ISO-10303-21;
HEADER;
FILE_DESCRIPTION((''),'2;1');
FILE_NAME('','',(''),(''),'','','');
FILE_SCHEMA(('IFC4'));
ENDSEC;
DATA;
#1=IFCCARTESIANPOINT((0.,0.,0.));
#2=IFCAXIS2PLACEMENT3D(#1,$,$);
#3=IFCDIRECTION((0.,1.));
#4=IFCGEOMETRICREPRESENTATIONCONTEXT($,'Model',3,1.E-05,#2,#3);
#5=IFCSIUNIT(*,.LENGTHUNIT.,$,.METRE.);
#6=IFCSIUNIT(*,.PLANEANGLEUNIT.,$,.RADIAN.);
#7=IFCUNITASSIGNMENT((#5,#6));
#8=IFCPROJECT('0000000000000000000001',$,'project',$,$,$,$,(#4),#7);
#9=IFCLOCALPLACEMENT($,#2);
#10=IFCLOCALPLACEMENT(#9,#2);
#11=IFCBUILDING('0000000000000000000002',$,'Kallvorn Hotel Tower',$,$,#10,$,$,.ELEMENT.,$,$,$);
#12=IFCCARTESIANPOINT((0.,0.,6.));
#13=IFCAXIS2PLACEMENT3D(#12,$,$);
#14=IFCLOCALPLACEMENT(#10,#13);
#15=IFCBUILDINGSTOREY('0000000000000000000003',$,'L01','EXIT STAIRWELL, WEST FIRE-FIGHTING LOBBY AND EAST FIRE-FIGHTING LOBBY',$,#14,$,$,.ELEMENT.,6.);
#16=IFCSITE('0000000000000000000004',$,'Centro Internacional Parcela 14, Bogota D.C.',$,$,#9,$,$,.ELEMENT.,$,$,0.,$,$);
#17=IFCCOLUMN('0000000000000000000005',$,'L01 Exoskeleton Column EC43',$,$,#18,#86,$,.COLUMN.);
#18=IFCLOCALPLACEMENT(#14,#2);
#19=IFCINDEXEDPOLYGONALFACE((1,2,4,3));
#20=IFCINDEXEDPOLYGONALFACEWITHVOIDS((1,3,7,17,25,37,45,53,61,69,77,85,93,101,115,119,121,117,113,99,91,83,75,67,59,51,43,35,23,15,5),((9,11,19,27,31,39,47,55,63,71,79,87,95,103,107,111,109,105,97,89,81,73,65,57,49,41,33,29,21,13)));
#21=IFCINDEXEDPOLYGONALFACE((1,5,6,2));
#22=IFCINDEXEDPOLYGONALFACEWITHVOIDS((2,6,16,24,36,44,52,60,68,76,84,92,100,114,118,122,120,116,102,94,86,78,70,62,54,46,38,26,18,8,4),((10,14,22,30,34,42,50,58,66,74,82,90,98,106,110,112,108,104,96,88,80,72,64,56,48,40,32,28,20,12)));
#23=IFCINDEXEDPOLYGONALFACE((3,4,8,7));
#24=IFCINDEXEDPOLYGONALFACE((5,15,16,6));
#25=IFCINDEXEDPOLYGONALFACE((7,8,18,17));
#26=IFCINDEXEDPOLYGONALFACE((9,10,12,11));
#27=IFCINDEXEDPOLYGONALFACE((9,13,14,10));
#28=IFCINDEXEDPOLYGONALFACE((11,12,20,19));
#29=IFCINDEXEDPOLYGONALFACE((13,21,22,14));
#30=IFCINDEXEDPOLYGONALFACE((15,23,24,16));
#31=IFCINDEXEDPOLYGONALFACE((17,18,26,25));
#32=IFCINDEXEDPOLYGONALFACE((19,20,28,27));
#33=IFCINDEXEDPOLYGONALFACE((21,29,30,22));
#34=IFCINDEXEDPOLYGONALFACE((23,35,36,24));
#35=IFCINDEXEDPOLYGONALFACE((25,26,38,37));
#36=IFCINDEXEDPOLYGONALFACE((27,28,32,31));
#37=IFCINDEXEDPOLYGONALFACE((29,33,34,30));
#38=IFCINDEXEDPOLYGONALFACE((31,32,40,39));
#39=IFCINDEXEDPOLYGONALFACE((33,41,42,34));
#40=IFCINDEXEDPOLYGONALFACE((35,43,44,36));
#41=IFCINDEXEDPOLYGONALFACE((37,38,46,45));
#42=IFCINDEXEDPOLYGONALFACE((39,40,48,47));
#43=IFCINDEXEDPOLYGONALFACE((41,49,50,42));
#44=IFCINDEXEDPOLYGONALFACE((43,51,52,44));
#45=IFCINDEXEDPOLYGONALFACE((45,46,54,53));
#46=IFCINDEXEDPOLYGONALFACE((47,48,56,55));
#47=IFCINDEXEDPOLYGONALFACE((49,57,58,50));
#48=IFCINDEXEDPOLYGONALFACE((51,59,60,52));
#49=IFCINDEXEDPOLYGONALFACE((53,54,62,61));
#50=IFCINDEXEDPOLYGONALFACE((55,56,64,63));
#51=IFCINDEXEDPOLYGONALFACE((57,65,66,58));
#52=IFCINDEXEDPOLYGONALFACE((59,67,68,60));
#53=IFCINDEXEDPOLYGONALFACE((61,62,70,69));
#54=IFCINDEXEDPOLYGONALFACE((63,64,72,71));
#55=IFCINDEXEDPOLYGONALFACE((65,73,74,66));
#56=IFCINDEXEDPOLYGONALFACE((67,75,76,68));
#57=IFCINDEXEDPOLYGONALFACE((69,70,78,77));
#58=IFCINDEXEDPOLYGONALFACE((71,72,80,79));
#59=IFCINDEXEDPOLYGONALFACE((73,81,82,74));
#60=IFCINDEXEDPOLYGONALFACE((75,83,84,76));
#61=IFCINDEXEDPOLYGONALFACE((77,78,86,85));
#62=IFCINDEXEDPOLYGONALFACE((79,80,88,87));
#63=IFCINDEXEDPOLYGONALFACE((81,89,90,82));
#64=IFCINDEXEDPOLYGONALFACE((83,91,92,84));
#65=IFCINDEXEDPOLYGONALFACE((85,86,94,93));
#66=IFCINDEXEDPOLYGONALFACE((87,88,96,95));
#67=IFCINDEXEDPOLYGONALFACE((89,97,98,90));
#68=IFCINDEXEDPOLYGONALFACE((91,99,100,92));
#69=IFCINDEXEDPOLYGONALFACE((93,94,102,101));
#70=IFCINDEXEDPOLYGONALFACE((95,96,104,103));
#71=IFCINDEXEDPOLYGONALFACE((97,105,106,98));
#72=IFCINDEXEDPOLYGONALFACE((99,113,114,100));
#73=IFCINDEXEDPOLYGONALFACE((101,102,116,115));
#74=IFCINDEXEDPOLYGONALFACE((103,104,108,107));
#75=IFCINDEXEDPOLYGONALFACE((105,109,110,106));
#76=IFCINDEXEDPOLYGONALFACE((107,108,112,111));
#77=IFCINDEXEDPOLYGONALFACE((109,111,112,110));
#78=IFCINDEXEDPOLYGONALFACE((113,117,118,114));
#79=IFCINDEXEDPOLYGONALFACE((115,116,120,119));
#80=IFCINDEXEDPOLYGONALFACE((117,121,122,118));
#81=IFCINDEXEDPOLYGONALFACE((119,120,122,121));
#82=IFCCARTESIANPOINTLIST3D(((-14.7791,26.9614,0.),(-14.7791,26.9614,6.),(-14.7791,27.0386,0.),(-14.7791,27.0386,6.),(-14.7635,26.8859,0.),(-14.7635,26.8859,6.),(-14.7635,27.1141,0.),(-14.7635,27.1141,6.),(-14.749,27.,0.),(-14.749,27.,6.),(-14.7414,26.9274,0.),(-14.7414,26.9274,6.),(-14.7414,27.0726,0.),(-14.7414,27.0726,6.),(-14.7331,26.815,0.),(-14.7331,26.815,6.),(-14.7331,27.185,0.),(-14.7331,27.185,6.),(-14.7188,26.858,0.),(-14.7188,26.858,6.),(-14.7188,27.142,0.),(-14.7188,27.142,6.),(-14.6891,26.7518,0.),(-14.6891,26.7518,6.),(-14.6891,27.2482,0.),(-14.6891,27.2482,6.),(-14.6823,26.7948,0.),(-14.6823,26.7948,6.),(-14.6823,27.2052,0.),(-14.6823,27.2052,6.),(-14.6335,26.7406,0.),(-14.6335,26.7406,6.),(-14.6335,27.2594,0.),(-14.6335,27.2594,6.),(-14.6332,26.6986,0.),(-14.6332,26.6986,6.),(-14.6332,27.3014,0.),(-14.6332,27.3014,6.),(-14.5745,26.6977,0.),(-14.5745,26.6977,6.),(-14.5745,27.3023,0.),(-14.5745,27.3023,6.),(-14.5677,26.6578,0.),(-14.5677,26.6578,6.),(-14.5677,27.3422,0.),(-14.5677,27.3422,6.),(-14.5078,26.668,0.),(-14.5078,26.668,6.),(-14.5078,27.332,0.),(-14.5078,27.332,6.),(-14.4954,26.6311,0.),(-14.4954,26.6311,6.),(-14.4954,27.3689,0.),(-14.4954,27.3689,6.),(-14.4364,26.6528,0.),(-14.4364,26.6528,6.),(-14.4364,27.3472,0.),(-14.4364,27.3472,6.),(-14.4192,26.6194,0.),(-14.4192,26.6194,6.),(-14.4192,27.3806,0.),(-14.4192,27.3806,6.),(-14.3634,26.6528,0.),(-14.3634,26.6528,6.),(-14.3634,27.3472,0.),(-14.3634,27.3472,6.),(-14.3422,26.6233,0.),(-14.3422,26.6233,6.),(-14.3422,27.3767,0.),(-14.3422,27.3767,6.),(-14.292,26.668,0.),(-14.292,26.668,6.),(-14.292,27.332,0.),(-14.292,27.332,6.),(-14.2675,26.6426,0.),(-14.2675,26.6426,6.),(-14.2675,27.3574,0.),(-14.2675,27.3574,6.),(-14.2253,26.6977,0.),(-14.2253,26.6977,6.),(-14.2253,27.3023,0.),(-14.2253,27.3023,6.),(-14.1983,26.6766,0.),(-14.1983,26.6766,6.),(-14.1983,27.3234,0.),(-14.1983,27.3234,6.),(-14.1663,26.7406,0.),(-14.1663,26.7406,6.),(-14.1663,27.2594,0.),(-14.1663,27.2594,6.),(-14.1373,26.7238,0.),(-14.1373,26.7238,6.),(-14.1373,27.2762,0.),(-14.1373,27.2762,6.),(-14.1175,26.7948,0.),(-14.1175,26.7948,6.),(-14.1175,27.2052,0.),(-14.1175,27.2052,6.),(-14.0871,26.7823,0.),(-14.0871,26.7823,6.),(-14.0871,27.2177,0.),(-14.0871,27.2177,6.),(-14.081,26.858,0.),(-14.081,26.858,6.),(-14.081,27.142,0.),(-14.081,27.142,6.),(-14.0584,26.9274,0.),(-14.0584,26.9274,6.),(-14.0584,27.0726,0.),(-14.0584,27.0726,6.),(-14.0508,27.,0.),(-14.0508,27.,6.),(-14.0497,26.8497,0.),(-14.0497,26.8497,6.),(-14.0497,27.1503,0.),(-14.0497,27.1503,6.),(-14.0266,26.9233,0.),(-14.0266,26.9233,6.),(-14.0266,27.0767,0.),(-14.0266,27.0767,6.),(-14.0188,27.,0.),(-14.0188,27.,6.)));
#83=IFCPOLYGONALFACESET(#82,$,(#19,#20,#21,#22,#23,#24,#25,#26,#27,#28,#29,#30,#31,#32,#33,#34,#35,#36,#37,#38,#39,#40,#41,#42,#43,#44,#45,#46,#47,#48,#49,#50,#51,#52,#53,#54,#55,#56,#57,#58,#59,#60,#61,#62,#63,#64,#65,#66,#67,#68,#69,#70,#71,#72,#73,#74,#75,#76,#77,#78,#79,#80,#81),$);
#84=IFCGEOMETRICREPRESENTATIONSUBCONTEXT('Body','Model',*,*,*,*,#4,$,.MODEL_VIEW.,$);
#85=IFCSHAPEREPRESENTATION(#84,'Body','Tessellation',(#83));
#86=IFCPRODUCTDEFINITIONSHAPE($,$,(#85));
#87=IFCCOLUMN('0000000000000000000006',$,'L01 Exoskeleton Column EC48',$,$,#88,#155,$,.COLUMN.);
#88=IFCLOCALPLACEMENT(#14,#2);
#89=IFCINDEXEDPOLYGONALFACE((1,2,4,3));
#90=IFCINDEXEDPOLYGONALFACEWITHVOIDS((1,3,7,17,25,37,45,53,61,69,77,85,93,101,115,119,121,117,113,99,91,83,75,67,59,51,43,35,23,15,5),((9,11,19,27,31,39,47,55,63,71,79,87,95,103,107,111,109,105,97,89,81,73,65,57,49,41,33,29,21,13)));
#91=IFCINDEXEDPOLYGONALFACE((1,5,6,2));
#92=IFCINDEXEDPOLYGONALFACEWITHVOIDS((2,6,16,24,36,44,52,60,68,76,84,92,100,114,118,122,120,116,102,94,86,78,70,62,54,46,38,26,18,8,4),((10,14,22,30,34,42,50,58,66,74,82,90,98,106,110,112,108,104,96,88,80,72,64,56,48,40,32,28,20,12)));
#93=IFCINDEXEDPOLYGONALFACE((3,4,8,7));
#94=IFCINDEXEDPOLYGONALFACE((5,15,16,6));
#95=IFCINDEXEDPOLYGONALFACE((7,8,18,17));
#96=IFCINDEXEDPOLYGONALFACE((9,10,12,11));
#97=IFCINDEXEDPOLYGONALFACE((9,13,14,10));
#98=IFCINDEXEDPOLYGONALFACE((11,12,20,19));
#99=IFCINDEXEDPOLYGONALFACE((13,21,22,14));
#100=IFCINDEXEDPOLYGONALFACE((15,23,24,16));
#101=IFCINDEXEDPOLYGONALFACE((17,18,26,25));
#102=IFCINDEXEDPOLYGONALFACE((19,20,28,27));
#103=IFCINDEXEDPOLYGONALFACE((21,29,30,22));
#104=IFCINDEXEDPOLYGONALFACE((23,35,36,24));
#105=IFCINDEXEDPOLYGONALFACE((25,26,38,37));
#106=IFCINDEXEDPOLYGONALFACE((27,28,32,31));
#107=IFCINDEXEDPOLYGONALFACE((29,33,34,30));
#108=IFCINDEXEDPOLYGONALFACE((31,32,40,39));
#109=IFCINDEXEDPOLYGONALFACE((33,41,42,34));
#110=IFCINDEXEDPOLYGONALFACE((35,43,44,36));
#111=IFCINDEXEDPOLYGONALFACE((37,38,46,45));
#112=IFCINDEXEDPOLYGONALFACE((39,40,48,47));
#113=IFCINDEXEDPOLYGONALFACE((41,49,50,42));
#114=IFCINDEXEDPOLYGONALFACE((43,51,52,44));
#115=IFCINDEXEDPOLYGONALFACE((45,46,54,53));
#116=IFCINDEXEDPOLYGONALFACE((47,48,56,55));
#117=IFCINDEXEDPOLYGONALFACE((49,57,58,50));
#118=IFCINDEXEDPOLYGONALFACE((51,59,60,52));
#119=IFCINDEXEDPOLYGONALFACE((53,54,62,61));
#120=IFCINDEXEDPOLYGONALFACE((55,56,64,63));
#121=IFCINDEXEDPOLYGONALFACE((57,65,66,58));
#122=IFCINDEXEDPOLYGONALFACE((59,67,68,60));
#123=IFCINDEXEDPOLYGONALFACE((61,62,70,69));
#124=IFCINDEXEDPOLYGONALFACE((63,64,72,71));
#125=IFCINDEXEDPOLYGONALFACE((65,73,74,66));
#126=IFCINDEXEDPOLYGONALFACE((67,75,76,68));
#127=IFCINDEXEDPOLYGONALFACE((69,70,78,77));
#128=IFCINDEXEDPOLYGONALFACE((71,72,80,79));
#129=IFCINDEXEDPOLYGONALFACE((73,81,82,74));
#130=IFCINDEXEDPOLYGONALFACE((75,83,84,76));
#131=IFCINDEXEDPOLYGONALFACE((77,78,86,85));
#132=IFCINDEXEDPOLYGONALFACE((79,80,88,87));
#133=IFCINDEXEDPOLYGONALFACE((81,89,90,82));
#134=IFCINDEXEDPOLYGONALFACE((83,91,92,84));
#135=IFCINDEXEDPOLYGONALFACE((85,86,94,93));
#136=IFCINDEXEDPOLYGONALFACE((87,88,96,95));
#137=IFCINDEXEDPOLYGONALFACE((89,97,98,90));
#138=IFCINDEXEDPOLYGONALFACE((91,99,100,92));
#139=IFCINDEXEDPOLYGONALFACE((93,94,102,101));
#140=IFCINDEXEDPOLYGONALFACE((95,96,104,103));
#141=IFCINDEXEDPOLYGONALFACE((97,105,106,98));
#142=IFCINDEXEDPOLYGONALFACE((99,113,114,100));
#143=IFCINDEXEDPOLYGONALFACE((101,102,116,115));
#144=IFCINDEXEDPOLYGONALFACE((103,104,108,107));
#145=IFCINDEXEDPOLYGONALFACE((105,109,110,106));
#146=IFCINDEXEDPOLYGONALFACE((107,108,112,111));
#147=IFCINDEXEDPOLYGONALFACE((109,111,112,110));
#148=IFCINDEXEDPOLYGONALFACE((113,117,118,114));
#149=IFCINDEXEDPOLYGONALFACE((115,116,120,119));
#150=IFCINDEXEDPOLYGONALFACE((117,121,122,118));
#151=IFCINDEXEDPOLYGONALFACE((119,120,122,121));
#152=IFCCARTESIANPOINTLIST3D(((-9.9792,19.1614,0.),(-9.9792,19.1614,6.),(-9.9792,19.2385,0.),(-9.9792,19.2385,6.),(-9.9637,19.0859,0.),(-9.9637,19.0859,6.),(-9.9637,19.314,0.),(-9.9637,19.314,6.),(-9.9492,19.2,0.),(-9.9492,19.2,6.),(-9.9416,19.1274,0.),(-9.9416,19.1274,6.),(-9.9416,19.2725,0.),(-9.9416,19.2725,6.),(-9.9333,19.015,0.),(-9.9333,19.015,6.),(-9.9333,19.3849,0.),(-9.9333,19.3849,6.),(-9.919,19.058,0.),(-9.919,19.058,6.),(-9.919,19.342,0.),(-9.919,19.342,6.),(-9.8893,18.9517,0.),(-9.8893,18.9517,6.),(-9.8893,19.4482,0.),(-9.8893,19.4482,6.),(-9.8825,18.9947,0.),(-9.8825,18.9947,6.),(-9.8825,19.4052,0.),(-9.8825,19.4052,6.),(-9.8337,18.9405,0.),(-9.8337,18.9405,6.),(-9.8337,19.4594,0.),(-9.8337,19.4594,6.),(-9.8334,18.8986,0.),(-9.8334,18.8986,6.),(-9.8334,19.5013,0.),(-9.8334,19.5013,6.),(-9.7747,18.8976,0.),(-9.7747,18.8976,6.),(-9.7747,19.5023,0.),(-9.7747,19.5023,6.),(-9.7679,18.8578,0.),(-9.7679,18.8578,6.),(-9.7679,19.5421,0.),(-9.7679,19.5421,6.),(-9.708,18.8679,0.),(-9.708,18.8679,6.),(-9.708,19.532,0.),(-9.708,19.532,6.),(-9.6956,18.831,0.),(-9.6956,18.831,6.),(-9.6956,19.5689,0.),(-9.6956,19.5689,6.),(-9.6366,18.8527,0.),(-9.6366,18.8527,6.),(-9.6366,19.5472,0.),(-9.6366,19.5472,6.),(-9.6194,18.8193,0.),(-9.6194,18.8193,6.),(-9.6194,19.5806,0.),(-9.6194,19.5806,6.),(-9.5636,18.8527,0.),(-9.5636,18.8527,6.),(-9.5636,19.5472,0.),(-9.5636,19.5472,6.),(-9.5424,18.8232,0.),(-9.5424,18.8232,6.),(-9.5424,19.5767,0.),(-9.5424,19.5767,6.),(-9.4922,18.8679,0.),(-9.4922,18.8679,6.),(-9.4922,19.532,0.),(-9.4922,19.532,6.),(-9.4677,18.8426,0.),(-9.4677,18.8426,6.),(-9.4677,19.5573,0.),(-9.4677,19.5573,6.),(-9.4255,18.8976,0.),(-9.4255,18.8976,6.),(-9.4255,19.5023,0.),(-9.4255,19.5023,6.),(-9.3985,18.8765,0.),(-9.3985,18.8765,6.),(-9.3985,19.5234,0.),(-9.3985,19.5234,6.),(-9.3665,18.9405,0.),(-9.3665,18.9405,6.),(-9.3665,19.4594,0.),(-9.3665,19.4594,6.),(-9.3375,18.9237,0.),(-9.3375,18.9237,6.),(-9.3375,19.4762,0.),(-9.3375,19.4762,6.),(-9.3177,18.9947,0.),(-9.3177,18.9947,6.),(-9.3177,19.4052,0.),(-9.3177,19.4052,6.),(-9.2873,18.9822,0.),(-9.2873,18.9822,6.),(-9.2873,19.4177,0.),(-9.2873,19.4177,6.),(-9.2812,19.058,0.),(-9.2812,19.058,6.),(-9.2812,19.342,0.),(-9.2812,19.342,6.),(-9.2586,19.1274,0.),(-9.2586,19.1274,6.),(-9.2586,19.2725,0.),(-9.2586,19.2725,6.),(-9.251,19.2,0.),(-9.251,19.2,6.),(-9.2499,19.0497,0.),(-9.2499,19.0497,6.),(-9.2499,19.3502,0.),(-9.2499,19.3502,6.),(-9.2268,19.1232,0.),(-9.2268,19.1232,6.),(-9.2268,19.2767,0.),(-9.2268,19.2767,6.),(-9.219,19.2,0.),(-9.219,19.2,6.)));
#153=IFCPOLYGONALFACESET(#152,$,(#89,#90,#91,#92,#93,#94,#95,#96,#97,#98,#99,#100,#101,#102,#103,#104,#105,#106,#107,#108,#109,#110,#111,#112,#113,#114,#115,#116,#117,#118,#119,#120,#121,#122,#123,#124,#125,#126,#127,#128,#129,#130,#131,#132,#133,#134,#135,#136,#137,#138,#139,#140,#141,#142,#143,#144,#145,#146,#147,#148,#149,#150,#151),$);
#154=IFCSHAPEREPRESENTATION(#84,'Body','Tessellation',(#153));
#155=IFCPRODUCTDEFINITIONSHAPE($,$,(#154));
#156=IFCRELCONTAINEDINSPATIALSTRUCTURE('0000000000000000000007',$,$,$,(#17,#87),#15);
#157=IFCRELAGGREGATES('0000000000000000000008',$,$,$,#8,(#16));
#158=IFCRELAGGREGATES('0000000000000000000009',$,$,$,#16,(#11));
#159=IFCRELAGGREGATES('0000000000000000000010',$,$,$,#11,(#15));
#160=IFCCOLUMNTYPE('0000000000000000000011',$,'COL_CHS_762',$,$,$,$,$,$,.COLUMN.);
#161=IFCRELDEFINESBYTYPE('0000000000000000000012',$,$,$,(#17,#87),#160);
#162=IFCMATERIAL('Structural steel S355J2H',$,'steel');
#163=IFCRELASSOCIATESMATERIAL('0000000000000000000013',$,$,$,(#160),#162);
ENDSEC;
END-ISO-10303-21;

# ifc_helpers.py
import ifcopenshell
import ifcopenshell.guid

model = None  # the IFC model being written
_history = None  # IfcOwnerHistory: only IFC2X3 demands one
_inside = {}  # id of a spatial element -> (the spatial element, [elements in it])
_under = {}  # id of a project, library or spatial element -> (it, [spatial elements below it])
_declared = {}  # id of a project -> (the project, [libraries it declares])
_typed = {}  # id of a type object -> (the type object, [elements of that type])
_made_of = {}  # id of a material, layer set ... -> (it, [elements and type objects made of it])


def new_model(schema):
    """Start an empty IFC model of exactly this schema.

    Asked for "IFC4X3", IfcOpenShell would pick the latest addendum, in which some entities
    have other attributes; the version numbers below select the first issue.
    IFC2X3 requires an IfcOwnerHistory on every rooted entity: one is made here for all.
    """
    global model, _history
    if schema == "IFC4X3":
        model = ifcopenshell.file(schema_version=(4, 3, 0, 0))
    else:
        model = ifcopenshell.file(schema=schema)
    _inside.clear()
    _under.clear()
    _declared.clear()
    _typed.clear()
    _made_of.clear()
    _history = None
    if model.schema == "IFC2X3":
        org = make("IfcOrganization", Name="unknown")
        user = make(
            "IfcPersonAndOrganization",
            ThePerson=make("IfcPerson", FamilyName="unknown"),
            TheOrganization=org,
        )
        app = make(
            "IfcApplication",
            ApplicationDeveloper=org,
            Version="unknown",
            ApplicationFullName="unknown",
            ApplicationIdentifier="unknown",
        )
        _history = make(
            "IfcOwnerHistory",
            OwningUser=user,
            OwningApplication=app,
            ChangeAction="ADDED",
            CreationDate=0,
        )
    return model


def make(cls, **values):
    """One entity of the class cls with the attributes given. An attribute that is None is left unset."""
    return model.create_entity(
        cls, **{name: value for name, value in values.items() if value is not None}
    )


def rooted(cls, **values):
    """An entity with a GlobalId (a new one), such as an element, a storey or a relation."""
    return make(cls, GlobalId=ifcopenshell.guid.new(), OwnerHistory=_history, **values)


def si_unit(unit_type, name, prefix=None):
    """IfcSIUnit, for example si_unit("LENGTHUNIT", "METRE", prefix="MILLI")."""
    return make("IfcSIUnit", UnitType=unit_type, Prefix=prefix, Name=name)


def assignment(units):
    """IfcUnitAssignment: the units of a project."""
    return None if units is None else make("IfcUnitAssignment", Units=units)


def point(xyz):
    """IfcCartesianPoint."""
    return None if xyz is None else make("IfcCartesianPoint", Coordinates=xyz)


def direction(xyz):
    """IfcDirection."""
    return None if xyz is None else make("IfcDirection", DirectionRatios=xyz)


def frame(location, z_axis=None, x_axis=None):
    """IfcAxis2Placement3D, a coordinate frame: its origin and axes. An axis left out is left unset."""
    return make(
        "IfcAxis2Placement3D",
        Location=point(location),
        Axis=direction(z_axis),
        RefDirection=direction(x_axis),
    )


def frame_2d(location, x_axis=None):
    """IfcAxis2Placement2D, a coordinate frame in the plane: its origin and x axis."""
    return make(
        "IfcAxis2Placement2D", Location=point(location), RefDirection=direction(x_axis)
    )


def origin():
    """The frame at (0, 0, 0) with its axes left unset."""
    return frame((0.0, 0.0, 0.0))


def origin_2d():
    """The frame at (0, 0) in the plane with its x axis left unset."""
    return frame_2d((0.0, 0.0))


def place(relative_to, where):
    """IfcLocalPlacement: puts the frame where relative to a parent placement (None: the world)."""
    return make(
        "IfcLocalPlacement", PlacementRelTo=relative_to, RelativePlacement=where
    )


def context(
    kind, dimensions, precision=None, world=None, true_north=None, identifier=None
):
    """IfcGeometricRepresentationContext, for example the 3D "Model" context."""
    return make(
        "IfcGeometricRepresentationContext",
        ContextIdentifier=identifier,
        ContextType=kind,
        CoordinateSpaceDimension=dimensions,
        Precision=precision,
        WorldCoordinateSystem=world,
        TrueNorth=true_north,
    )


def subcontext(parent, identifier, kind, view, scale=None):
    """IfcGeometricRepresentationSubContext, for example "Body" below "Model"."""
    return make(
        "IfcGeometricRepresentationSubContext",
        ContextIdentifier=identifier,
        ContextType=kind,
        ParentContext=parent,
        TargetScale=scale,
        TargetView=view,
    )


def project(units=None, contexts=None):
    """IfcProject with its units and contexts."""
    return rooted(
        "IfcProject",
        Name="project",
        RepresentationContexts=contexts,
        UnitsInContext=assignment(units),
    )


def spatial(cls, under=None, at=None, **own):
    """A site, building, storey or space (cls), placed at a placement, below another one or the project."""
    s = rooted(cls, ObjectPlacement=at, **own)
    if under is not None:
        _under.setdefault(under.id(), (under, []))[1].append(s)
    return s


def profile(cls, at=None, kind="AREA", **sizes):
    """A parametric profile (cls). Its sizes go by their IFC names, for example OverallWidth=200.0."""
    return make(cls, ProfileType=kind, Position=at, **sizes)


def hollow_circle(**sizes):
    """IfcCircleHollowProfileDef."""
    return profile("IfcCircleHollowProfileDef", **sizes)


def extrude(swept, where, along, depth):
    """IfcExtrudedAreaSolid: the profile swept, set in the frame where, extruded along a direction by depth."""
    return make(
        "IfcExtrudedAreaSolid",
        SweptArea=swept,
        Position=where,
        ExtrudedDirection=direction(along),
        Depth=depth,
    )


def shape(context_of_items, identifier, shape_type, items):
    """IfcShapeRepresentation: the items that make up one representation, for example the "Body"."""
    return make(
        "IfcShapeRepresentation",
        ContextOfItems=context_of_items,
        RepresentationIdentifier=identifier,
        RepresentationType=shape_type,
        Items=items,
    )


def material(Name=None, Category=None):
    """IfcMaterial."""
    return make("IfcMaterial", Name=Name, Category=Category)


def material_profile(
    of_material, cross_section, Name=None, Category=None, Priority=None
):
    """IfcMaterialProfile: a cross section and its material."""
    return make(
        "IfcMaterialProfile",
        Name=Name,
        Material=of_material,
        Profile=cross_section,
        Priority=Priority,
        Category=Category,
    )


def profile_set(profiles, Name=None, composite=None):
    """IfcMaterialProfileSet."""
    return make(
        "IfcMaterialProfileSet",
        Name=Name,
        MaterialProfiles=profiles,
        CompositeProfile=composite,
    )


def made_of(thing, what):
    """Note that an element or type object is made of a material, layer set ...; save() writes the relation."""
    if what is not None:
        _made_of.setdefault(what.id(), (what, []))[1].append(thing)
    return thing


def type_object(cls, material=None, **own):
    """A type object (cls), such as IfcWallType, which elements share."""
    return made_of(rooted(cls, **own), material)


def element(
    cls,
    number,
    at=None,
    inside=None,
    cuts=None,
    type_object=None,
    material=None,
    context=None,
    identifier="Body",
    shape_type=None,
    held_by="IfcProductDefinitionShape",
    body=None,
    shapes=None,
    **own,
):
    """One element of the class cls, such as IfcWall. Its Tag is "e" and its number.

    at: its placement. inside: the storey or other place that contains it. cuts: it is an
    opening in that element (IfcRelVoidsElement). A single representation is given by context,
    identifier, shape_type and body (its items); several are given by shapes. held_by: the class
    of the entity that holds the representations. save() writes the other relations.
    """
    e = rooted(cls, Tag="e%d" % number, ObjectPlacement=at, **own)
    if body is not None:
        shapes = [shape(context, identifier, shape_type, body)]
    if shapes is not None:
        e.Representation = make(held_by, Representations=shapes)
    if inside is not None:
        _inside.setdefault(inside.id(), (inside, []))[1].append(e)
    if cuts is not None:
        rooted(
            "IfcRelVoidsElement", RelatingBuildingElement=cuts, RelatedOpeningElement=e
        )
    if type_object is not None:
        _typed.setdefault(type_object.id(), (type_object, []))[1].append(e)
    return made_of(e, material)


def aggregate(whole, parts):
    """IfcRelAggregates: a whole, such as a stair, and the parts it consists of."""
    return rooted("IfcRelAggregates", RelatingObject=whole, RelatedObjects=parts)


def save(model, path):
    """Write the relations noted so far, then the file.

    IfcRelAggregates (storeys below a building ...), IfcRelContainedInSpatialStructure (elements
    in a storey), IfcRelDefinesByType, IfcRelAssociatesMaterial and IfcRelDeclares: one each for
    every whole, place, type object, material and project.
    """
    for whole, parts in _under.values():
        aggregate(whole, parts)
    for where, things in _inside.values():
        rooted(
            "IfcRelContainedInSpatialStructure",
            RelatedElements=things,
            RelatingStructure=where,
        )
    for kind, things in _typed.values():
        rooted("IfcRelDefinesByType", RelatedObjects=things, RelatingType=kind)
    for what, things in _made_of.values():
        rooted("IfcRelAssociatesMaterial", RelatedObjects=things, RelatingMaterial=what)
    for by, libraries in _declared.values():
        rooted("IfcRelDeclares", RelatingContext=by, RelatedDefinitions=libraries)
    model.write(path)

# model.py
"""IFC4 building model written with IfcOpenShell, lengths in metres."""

from ifc_helpers import new_model, si_unit, direction, frame, origin, origin_2d, place, context, subcontext, project, spatial, hollow_circle, extrude, material, material_profile, profile_set, type_object, element, save


model = new_model("IFC4")

# Units and contexts
model_context = context("Model", 3, precision=1e-05, world=origin(), true_north=direction((0.0, 1.0)))
body_context = subcontext(model_context, "Body", "Model", "MODEL_VIEW")
ifc_project = project(units=[si_unit("LENGTHUNIT", "METRE"), si_unit("PLANEANGLEUNIT", "RADIAN")], contexts=[model_context])

# Site, building, storey
site_placement = place(None, origin())
site = spatial("IfcSite", under=ifc_project, at=site_placement, Name="Centro Internacional Parcela 14, Bogota D.C.", CompositionType="ELEMENT", RefElevation=0.0)
building_placement = place(site_placement, origin())
building = spatial("IfcBuilding", under=site, at=building_placement, Name="Kallvorn Hotel Tower", CompositionType="ELEMENT")
storey_placement = place(building_placement, frame((0.0, 0.0, 6.0)))
storey = spatial("IfcBuildingStorey", under=building, at=storey_placement, Name="L01", Description="EXIT STAIRWELL, WEST FIRE-FIGHTING LOBBY AND EAST FIRE-FIGHTING LOBBY", CompositionType="ELEMENT", Elevation=6.0)

# Columns
ifc_material_1 = material(Name="Structural steel S355J2H", Category="steel")
ifc_material_profile_1 = material_profile(ifc_material_1, hollow_circle(Radius=0.3811, WallThickness=0.032, at=origin_2d()), Name="CHS 762x32")
ifc_profile_set_1 = profile_set([ifc_material_profile_1], Name="Structural steel S355J2H")
column_type_1 = type_object("IfcColumnType", Name="COL_CHS_762", PredefinedType="COLUMN", material=ifc_profile_set_1)
for number, where, z_axis, x_axis, name in (
    (1, (-14.3999, 27.0, 0.0), (0.0, 0.0, 1.0), (1.0, 0.0, 0.0), "L01 Exoskeleton Column EC43"),
    (2, (-9.6001, 19.2, 0.0), (0.0, 0.0, 1.0), (1.0, 0.0, 0.0), "L01 Exoskeleton Column EC48"),
):
    element("IfcColumn", number, at=place(storey_placement, frame(where, z_axis=z_axis, x_axis=x_axis)), inside=storey, type_object=column_type_1, Name=name, PredefinedType="COLUMN", context=body_context, shape_type="SweptSolid", body=[
        extrude(hollow_circle(Radius=0.3811, WallThickness=0.032, at=origin_2d()), origin(), (0.0, 0.0, 1.0), 6.0),
    ])

save(model, "model.ifc")
